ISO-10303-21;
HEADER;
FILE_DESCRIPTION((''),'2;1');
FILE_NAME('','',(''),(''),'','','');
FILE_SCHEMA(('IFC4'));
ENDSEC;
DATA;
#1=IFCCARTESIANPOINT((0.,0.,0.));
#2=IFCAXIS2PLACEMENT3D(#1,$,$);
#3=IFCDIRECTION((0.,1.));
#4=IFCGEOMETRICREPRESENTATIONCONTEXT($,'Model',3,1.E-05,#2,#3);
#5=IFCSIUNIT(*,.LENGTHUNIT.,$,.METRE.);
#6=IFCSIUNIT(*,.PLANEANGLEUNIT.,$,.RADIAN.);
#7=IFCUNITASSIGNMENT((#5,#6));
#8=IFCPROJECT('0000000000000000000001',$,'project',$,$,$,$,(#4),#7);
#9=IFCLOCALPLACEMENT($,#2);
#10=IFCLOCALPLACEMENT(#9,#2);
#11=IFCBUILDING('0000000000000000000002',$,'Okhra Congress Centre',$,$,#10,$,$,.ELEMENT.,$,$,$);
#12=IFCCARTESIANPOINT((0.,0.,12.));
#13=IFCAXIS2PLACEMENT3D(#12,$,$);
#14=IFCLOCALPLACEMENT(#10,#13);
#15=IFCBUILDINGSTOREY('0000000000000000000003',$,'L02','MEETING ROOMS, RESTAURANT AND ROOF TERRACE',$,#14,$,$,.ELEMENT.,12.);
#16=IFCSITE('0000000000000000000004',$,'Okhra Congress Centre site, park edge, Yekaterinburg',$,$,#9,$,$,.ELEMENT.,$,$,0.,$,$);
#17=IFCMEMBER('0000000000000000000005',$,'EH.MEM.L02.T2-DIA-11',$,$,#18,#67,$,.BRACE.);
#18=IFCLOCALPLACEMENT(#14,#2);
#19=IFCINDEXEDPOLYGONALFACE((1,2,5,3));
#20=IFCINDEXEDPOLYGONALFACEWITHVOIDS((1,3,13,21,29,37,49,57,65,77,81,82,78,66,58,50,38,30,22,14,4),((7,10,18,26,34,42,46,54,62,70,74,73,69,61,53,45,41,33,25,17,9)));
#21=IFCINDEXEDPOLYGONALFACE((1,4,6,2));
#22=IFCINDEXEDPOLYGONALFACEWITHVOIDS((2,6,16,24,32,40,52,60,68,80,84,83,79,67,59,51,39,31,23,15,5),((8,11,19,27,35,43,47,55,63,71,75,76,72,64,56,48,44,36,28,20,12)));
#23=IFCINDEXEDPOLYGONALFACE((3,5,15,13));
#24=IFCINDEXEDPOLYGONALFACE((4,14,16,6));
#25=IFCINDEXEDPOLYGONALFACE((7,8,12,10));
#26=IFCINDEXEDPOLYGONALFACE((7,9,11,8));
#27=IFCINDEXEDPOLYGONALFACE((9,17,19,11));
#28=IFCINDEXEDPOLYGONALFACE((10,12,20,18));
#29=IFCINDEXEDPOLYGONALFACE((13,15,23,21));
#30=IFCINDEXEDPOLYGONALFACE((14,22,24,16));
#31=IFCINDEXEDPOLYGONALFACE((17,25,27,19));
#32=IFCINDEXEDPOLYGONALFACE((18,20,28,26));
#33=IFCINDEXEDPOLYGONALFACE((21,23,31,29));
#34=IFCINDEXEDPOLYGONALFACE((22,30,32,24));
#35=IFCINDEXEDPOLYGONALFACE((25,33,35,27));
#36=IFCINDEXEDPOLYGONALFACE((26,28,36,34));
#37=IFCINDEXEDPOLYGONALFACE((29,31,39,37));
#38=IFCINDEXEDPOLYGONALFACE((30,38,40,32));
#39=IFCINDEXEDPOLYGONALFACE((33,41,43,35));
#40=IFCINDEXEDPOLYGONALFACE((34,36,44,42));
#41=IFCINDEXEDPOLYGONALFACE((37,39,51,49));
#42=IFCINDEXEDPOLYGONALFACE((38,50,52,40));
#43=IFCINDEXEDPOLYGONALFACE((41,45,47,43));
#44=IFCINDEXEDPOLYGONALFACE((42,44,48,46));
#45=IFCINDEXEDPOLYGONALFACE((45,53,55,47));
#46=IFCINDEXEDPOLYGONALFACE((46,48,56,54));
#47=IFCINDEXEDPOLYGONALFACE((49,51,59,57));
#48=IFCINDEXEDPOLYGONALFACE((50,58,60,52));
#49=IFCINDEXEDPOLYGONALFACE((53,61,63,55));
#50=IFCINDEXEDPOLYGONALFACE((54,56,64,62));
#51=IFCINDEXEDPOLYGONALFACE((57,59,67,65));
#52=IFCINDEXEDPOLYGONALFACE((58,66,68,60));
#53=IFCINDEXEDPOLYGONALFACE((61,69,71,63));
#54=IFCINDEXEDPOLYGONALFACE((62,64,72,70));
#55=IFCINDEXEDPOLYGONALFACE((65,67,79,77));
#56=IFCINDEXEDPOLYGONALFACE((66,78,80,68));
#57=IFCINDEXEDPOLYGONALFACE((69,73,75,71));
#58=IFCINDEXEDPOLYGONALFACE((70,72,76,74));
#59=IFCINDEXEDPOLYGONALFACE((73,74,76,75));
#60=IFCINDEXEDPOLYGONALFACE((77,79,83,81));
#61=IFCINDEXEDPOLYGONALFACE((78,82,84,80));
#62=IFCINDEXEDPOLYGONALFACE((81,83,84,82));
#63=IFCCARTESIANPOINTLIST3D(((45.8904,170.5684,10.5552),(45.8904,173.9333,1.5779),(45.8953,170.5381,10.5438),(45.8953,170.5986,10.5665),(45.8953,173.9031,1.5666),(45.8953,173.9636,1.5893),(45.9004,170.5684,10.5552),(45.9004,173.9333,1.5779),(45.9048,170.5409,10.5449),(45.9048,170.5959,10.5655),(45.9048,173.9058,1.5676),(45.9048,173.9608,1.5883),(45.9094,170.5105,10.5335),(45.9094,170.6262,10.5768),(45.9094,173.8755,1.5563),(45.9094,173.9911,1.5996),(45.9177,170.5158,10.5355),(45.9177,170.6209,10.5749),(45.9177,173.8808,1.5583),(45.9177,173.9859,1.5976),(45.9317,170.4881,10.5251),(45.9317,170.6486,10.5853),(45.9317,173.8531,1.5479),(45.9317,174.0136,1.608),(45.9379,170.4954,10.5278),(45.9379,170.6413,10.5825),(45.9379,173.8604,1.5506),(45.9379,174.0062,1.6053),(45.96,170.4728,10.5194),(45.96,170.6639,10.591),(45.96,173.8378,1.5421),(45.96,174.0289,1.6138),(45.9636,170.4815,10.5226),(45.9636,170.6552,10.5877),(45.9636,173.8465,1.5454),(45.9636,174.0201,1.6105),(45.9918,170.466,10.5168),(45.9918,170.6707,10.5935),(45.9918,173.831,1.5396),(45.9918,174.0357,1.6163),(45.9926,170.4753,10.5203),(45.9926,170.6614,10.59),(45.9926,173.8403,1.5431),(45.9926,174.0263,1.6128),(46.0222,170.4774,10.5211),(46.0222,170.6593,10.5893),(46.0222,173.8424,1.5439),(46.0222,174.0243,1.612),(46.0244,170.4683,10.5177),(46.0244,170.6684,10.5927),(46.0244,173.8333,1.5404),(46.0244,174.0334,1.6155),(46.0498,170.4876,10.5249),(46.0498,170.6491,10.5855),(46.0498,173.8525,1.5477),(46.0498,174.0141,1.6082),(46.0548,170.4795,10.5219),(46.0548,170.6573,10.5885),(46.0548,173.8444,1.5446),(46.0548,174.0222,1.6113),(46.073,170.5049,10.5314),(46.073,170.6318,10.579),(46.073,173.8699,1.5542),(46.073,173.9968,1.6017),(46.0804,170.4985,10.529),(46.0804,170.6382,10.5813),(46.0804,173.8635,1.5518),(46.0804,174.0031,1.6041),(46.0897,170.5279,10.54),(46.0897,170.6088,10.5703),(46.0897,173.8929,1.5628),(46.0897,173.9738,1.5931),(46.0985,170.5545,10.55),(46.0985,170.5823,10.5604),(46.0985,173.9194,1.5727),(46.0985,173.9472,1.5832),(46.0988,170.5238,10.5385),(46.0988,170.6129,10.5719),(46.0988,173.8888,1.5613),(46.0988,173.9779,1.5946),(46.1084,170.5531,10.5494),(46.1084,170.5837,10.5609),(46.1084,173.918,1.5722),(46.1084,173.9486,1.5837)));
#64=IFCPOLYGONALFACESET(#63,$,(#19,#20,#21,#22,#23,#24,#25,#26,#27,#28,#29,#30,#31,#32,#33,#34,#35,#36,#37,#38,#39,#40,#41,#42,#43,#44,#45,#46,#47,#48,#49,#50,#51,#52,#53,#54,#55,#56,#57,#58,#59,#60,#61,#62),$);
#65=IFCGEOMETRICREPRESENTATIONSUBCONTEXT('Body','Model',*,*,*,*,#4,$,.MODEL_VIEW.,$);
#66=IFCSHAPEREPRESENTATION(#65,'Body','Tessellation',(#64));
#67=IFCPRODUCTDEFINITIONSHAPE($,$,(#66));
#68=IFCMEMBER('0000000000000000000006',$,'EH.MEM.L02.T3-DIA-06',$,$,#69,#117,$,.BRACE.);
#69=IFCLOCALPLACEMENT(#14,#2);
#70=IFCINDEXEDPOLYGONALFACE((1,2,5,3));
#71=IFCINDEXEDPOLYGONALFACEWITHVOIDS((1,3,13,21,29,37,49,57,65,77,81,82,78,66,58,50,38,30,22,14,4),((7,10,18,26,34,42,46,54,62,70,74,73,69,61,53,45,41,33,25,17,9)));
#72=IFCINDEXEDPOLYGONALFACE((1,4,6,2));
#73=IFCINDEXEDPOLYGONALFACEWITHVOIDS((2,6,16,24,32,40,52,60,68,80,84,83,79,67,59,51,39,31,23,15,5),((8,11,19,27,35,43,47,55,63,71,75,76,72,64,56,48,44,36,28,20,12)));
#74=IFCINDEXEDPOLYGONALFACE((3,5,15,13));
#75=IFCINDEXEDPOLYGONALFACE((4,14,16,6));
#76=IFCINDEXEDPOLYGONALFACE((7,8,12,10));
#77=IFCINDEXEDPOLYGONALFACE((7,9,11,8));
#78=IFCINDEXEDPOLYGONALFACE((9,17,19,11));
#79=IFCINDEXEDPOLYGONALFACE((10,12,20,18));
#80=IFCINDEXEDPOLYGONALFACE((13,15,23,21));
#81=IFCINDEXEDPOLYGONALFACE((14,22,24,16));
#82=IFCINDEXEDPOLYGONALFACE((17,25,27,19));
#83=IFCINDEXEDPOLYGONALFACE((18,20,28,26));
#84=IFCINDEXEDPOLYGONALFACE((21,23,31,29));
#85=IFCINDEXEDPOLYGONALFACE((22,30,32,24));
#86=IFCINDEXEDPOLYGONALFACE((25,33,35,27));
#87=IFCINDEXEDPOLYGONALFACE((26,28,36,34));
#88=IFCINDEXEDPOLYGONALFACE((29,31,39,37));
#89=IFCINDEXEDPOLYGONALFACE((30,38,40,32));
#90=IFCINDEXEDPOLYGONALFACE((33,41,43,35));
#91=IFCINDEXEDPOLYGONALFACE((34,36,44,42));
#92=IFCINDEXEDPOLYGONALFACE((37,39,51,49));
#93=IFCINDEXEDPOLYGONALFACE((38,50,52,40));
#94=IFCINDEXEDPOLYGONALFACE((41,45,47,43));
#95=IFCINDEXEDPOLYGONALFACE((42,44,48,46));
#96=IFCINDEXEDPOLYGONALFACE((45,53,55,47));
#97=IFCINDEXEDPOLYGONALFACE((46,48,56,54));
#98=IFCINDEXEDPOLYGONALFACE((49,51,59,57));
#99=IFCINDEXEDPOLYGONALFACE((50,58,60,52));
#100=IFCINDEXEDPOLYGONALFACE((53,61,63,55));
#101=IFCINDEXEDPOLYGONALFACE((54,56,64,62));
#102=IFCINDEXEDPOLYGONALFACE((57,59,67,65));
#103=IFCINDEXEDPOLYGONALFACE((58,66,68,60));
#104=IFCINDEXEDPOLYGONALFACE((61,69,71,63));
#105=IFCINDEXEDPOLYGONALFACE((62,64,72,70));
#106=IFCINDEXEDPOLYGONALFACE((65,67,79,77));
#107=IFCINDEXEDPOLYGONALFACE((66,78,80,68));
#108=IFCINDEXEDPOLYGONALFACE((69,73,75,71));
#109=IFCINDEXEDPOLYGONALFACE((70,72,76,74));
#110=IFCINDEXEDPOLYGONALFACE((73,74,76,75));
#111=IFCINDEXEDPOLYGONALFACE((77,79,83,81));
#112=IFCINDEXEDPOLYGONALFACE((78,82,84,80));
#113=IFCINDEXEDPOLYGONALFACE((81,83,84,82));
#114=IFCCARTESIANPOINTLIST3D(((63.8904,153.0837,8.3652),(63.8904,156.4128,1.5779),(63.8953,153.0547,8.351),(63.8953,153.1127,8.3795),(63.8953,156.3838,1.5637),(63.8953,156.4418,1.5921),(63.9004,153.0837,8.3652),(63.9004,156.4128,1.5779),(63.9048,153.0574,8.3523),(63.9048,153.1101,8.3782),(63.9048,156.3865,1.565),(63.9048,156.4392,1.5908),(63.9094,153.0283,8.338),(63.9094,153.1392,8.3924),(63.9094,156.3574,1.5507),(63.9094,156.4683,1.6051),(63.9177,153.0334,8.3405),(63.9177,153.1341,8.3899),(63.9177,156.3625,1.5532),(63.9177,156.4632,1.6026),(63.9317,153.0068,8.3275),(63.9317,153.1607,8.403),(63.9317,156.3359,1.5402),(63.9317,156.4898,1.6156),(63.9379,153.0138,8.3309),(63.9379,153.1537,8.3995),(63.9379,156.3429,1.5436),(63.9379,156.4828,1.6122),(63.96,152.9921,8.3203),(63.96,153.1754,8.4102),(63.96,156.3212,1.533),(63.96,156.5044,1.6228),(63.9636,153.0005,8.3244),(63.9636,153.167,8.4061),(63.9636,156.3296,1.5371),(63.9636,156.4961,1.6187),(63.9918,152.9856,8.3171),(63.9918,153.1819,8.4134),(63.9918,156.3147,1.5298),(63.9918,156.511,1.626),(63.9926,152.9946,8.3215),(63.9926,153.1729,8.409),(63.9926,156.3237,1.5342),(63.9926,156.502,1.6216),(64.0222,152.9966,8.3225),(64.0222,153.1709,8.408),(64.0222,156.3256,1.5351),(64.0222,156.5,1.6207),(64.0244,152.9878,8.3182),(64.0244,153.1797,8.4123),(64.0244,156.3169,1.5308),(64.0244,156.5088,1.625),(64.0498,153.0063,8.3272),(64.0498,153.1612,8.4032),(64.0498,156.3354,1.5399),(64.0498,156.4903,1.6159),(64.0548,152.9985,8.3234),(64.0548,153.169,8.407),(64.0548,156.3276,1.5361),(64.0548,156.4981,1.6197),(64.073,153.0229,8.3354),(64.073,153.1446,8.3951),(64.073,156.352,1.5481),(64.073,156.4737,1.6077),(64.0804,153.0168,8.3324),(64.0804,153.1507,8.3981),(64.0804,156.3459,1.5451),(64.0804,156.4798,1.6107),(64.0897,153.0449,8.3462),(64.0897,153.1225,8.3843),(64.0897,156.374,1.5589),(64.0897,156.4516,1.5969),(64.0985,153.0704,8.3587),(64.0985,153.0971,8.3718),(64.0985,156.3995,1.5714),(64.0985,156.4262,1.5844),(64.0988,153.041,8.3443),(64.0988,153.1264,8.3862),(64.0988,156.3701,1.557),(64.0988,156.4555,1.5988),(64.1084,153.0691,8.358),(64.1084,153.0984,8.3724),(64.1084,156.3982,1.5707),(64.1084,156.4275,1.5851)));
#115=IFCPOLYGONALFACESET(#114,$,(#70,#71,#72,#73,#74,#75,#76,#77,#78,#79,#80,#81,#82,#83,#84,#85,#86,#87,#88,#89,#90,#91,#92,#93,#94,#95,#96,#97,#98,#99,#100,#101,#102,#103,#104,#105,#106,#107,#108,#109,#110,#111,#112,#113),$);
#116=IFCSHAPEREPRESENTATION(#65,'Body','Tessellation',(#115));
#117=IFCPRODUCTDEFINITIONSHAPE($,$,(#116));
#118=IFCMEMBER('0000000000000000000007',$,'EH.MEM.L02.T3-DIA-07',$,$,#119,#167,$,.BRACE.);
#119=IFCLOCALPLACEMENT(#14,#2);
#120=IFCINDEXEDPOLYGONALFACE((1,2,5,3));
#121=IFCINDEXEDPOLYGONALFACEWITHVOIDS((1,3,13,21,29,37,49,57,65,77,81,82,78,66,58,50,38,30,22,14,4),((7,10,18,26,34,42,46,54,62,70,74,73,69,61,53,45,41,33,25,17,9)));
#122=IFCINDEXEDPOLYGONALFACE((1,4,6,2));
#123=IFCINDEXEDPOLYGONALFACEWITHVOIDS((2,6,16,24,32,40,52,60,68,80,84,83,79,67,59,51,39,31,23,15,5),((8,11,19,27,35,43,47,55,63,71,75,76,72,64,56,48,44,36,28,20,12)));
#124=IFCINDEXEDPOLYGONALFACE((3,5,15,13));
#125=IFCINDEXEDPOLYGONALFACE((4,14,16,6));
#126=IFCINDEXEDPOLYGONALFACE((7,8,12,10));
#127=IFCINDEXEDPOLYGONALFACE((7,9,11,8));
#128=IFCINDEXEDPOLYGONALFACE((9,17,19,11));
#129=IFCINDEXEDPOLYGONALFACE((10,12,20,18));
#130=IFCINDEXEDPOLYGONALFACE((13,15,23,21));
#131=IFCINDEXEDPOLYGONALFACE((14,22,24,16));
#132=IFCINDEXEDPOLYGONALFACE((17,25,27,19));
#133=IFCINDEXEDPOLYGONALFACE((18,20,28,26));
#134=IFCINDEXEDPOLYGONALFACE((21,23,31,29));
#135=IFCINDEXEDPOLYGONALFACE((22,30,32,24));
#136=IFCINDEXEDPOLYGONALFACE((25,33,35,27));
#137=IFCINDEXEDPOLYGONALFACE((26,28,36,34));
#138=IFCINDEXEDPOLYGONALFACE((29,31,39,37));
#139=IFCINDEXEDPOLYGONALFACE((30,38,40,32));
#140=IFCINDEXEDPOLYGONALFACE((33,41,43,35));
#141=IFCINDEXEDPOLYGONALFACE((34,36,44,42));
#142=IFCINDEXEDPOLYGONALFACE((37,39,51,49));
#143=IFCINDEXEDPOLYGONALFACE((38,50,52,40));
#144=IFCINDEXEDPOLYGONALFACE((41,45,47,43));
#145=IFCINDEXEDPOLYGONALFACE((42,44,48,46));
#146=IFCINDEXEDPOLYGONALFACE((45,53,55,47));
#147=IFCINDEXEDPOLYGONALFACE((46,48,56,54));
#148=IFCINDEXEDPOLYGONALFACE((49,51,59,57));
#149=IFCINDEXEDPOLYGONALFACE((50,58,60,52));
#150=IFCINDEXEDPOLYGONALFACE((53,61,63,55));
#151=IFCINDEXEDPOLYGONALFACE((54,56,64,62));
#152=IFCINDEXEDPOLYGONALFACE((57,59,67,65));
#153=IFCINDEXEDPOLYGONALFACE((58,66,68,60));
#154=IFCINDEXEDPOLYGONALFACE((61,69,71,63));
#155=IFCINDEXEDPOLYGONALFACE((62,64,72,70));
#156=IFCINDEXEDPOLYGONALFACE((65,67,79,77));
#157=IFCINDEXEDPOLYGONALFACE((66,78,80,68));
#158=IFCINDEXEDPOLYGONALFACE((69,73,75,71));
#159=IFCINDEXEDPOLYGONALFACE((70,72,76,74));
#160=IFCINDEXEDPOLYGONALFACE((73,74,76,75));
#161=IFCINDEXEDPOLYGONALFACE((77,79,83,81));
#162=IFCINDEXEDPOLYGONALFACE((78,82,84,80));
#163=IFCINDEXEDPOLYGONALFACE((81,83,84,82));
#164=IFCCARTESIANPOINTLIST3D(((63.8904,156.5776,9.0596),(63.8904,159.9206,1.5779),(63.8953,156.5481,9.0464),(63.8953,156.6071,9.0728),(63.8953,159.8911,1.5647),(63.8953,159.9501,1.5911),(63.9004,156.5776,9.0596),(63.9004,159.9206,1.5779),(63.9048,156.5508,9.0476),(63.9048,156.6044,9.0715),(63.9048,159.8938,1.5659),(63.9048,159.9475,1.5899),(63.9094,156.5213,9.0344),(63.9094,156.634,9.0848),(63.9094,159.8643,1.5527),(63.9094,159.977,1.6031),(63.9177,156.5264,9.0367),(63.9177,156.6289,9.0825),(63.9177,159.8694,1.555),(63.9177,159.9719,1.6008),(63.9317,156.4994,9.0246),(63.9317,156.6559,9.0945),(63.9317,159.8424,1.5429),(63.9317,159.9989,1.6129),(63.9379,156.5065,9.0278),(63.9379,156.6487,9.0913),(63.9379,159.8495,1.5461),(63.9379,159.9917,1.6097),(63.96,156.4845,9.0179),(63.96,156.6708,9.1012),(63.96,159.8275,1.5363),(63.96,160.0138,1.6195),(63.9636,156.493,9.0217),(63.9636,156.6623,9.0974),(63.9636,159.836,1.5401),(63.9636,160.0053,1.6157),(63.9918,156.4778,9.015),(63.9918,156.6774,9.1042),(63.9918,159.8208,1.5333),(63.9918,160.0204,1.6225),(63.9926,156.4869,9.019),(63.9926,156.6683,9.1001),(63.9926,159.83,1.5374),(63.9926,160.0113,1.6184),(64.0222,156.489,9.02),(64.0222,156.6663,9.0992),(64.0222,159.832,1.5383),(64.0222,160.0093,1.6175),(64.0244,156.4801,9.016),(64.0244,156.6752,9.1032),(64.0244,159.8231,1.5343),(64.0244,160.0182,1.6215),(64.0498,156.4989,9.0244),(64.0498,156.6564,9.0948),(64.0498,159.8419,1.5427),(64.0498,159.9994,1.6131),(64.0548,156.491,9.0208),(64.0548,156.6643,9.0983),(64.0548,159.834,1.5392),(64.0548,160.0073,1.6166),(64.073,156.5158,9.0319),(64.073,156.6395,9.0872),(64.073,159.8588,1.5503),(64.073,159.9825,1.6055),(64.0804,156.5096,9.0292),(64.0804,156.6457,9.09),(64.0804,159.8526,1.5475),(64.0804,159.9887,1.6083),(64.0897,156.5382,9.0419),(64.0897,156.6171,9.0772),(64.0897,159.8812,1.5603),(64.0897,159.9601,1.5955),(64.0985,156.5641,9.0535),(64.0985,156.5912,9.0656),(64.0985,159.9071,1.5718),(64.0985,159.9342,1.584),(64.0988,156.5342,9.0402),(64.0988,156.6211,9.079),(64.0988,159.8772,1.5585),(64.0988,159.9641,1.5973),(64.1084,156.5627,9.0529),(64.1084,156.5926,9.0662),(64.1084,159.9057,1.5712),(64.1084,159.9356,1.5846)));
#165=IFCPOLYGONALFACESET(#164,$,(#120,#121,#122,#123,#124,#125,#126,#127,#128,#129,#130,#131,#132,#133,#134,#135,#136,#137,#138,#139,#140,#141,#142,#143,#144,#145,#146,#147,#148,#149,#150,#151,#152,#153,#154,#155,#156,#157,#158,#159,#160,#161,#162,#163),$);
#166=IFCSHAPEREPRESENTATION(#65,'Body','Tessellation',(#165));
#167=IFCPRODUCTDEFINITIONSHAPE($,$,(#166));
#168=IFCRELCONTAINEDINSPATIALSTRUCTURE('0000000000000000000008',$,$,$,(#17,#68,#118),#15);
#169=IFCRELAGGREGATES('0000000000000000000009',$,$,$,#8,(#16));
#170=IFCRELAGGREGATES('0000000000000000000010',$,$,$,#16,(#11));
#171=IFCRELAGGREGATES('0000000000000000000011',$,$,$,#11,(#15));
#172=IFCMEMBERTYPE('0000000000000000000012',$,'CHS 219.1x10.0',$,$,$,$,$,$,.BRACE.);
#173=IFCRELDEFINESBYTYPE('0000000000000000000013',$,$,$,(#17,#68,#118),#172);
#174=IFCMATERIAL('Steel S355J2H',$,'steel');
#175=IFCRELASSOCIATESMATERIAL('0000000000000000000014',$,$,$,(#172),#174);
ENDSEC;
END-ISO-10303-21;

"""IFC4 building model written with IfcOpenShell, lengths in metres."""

from ifc_helpers import new_model, si_unit, direction, frame, origin, origin_2d, place, context, subcontext, project, spatial, hollow_circle, extrude, material, material_profile, profile_set, type_object, element, save


model = new_model("IFC4")

# Units and contexts
model_context = context("Model", 3, precision=1e-05, world=origin(), true_north=direction((0.0, 1.0)))
body_context = subcontext(model_context, "Body", "Model", "MODEL_VIEW")
ifc_project = project(units=[si_unit("LENGTHUNIT", "METRE"), si_unit("PLANEANGLEUNIT", "RADIAN")], contexts=[model_context])

# Site, building, storey
site_placement = place(None, origin())
site = spatial("IfcSite", under=ifc_project, at=site_placement, Name="Okhra Congress Centre site, park edge, Yekaterinburg", CompositionType="ELEMENT", RefElevation=0.0)
building_placement = place(site_placement, origin())
building = spatial("IfcBuilding", under=site, at=building_placement, Name="Okhra Congress Centre", CompositionType="ELEMENT")
storey_placement = place(building_placement, frame((0.0, 0.0, 12.0)))
storey = spatial("IfcBuildingStorey", under=building, at=storey_placement, Name="L02", Description="MEETING ROOMS, RESTAURANT AND ROOF TERRACE", CompositionType="ELEMENT", Elevation=12.0)

# Members
ifc_material_1 = material(Name="Steel S355J2H", Category="steel")
ifc_material_profile_1 = material_profile(ifc_material_1, hollow_circle(Radius=0.1096, WallThickness=0.01, at=origin_2d()), Name="CHS 219.1x10.0")
ifc_profile_set_1 = profile_set([ifc_material_profile_1], Name="Steel S355J2H")
member_type_1 = type_object("IfcMemberType", Name="CHS 219.1x10.0", PredefinedType="BRACE", material=ifc_profile_set_1)
member_1_placement = place(storey_placement, frame((46.0, 170.5684, 10.5552), z_axis=(0.0, 0.350987, -0.93638), x_axis=(-1.0, 0.0, 0.0)))
element("IfcMember", 1, at=member_1_placement, inside=storey, type_object=member_type_1, Name="EH.MEM.L02.T2-DIA-11", PredefinedType="BRACE", context=body_context, shape_type="SweptSolid", body=[
    extrude(hollow_circle(Radius=0.1096, WallThickness=0.01, at=origin_2d()), origin(), (0.0, 0.0, 1.0), 9.5872),
])
member_2_placement = place(storey_placement, frame((64.0, 153.0837, 8.3652), z_axis=(0.0, 0.440367, -0.897818), x_axis=(-1.0, 0.0, 0.0)))
element("IfcMember", 2, at=member_2_placement, inside=storey, type_object=member_type_1, Name="EH.MEM.L02.T3-DIA-06", PredefinedType="BRACE", context=body_context, shape_type="SweptSolid", body=[
    extrude(hollow_circle(Radius=0.1096, WallThickness=0.01, at=origin_2d()), origin(), (0.0, 0.0, 1.0), 7.5598),
])
member_3_placement = place(storey_placement, frame((64.0, 156.5776, 9.0596), z_axis=(0.0, 0.407954, -0.913003), x_axis=(-1.0, 0.0, 0.0)))
element("IfcMember", 3, at=member_3_placement, inside=storey, type_object=member_type_1, Name="EH.MEM.L02.T3-DIA-07", PredefinedType="BRACE", context=body_context, shape_type="SweptSolid", body=[
    extrude(hollow_circle(Radius=0.1096, WallThickness=0.01, at=origin_2d()), origin(), (0.0, 0.0, 1.0), 8.1946),
])

save(model, "model.ifc")
